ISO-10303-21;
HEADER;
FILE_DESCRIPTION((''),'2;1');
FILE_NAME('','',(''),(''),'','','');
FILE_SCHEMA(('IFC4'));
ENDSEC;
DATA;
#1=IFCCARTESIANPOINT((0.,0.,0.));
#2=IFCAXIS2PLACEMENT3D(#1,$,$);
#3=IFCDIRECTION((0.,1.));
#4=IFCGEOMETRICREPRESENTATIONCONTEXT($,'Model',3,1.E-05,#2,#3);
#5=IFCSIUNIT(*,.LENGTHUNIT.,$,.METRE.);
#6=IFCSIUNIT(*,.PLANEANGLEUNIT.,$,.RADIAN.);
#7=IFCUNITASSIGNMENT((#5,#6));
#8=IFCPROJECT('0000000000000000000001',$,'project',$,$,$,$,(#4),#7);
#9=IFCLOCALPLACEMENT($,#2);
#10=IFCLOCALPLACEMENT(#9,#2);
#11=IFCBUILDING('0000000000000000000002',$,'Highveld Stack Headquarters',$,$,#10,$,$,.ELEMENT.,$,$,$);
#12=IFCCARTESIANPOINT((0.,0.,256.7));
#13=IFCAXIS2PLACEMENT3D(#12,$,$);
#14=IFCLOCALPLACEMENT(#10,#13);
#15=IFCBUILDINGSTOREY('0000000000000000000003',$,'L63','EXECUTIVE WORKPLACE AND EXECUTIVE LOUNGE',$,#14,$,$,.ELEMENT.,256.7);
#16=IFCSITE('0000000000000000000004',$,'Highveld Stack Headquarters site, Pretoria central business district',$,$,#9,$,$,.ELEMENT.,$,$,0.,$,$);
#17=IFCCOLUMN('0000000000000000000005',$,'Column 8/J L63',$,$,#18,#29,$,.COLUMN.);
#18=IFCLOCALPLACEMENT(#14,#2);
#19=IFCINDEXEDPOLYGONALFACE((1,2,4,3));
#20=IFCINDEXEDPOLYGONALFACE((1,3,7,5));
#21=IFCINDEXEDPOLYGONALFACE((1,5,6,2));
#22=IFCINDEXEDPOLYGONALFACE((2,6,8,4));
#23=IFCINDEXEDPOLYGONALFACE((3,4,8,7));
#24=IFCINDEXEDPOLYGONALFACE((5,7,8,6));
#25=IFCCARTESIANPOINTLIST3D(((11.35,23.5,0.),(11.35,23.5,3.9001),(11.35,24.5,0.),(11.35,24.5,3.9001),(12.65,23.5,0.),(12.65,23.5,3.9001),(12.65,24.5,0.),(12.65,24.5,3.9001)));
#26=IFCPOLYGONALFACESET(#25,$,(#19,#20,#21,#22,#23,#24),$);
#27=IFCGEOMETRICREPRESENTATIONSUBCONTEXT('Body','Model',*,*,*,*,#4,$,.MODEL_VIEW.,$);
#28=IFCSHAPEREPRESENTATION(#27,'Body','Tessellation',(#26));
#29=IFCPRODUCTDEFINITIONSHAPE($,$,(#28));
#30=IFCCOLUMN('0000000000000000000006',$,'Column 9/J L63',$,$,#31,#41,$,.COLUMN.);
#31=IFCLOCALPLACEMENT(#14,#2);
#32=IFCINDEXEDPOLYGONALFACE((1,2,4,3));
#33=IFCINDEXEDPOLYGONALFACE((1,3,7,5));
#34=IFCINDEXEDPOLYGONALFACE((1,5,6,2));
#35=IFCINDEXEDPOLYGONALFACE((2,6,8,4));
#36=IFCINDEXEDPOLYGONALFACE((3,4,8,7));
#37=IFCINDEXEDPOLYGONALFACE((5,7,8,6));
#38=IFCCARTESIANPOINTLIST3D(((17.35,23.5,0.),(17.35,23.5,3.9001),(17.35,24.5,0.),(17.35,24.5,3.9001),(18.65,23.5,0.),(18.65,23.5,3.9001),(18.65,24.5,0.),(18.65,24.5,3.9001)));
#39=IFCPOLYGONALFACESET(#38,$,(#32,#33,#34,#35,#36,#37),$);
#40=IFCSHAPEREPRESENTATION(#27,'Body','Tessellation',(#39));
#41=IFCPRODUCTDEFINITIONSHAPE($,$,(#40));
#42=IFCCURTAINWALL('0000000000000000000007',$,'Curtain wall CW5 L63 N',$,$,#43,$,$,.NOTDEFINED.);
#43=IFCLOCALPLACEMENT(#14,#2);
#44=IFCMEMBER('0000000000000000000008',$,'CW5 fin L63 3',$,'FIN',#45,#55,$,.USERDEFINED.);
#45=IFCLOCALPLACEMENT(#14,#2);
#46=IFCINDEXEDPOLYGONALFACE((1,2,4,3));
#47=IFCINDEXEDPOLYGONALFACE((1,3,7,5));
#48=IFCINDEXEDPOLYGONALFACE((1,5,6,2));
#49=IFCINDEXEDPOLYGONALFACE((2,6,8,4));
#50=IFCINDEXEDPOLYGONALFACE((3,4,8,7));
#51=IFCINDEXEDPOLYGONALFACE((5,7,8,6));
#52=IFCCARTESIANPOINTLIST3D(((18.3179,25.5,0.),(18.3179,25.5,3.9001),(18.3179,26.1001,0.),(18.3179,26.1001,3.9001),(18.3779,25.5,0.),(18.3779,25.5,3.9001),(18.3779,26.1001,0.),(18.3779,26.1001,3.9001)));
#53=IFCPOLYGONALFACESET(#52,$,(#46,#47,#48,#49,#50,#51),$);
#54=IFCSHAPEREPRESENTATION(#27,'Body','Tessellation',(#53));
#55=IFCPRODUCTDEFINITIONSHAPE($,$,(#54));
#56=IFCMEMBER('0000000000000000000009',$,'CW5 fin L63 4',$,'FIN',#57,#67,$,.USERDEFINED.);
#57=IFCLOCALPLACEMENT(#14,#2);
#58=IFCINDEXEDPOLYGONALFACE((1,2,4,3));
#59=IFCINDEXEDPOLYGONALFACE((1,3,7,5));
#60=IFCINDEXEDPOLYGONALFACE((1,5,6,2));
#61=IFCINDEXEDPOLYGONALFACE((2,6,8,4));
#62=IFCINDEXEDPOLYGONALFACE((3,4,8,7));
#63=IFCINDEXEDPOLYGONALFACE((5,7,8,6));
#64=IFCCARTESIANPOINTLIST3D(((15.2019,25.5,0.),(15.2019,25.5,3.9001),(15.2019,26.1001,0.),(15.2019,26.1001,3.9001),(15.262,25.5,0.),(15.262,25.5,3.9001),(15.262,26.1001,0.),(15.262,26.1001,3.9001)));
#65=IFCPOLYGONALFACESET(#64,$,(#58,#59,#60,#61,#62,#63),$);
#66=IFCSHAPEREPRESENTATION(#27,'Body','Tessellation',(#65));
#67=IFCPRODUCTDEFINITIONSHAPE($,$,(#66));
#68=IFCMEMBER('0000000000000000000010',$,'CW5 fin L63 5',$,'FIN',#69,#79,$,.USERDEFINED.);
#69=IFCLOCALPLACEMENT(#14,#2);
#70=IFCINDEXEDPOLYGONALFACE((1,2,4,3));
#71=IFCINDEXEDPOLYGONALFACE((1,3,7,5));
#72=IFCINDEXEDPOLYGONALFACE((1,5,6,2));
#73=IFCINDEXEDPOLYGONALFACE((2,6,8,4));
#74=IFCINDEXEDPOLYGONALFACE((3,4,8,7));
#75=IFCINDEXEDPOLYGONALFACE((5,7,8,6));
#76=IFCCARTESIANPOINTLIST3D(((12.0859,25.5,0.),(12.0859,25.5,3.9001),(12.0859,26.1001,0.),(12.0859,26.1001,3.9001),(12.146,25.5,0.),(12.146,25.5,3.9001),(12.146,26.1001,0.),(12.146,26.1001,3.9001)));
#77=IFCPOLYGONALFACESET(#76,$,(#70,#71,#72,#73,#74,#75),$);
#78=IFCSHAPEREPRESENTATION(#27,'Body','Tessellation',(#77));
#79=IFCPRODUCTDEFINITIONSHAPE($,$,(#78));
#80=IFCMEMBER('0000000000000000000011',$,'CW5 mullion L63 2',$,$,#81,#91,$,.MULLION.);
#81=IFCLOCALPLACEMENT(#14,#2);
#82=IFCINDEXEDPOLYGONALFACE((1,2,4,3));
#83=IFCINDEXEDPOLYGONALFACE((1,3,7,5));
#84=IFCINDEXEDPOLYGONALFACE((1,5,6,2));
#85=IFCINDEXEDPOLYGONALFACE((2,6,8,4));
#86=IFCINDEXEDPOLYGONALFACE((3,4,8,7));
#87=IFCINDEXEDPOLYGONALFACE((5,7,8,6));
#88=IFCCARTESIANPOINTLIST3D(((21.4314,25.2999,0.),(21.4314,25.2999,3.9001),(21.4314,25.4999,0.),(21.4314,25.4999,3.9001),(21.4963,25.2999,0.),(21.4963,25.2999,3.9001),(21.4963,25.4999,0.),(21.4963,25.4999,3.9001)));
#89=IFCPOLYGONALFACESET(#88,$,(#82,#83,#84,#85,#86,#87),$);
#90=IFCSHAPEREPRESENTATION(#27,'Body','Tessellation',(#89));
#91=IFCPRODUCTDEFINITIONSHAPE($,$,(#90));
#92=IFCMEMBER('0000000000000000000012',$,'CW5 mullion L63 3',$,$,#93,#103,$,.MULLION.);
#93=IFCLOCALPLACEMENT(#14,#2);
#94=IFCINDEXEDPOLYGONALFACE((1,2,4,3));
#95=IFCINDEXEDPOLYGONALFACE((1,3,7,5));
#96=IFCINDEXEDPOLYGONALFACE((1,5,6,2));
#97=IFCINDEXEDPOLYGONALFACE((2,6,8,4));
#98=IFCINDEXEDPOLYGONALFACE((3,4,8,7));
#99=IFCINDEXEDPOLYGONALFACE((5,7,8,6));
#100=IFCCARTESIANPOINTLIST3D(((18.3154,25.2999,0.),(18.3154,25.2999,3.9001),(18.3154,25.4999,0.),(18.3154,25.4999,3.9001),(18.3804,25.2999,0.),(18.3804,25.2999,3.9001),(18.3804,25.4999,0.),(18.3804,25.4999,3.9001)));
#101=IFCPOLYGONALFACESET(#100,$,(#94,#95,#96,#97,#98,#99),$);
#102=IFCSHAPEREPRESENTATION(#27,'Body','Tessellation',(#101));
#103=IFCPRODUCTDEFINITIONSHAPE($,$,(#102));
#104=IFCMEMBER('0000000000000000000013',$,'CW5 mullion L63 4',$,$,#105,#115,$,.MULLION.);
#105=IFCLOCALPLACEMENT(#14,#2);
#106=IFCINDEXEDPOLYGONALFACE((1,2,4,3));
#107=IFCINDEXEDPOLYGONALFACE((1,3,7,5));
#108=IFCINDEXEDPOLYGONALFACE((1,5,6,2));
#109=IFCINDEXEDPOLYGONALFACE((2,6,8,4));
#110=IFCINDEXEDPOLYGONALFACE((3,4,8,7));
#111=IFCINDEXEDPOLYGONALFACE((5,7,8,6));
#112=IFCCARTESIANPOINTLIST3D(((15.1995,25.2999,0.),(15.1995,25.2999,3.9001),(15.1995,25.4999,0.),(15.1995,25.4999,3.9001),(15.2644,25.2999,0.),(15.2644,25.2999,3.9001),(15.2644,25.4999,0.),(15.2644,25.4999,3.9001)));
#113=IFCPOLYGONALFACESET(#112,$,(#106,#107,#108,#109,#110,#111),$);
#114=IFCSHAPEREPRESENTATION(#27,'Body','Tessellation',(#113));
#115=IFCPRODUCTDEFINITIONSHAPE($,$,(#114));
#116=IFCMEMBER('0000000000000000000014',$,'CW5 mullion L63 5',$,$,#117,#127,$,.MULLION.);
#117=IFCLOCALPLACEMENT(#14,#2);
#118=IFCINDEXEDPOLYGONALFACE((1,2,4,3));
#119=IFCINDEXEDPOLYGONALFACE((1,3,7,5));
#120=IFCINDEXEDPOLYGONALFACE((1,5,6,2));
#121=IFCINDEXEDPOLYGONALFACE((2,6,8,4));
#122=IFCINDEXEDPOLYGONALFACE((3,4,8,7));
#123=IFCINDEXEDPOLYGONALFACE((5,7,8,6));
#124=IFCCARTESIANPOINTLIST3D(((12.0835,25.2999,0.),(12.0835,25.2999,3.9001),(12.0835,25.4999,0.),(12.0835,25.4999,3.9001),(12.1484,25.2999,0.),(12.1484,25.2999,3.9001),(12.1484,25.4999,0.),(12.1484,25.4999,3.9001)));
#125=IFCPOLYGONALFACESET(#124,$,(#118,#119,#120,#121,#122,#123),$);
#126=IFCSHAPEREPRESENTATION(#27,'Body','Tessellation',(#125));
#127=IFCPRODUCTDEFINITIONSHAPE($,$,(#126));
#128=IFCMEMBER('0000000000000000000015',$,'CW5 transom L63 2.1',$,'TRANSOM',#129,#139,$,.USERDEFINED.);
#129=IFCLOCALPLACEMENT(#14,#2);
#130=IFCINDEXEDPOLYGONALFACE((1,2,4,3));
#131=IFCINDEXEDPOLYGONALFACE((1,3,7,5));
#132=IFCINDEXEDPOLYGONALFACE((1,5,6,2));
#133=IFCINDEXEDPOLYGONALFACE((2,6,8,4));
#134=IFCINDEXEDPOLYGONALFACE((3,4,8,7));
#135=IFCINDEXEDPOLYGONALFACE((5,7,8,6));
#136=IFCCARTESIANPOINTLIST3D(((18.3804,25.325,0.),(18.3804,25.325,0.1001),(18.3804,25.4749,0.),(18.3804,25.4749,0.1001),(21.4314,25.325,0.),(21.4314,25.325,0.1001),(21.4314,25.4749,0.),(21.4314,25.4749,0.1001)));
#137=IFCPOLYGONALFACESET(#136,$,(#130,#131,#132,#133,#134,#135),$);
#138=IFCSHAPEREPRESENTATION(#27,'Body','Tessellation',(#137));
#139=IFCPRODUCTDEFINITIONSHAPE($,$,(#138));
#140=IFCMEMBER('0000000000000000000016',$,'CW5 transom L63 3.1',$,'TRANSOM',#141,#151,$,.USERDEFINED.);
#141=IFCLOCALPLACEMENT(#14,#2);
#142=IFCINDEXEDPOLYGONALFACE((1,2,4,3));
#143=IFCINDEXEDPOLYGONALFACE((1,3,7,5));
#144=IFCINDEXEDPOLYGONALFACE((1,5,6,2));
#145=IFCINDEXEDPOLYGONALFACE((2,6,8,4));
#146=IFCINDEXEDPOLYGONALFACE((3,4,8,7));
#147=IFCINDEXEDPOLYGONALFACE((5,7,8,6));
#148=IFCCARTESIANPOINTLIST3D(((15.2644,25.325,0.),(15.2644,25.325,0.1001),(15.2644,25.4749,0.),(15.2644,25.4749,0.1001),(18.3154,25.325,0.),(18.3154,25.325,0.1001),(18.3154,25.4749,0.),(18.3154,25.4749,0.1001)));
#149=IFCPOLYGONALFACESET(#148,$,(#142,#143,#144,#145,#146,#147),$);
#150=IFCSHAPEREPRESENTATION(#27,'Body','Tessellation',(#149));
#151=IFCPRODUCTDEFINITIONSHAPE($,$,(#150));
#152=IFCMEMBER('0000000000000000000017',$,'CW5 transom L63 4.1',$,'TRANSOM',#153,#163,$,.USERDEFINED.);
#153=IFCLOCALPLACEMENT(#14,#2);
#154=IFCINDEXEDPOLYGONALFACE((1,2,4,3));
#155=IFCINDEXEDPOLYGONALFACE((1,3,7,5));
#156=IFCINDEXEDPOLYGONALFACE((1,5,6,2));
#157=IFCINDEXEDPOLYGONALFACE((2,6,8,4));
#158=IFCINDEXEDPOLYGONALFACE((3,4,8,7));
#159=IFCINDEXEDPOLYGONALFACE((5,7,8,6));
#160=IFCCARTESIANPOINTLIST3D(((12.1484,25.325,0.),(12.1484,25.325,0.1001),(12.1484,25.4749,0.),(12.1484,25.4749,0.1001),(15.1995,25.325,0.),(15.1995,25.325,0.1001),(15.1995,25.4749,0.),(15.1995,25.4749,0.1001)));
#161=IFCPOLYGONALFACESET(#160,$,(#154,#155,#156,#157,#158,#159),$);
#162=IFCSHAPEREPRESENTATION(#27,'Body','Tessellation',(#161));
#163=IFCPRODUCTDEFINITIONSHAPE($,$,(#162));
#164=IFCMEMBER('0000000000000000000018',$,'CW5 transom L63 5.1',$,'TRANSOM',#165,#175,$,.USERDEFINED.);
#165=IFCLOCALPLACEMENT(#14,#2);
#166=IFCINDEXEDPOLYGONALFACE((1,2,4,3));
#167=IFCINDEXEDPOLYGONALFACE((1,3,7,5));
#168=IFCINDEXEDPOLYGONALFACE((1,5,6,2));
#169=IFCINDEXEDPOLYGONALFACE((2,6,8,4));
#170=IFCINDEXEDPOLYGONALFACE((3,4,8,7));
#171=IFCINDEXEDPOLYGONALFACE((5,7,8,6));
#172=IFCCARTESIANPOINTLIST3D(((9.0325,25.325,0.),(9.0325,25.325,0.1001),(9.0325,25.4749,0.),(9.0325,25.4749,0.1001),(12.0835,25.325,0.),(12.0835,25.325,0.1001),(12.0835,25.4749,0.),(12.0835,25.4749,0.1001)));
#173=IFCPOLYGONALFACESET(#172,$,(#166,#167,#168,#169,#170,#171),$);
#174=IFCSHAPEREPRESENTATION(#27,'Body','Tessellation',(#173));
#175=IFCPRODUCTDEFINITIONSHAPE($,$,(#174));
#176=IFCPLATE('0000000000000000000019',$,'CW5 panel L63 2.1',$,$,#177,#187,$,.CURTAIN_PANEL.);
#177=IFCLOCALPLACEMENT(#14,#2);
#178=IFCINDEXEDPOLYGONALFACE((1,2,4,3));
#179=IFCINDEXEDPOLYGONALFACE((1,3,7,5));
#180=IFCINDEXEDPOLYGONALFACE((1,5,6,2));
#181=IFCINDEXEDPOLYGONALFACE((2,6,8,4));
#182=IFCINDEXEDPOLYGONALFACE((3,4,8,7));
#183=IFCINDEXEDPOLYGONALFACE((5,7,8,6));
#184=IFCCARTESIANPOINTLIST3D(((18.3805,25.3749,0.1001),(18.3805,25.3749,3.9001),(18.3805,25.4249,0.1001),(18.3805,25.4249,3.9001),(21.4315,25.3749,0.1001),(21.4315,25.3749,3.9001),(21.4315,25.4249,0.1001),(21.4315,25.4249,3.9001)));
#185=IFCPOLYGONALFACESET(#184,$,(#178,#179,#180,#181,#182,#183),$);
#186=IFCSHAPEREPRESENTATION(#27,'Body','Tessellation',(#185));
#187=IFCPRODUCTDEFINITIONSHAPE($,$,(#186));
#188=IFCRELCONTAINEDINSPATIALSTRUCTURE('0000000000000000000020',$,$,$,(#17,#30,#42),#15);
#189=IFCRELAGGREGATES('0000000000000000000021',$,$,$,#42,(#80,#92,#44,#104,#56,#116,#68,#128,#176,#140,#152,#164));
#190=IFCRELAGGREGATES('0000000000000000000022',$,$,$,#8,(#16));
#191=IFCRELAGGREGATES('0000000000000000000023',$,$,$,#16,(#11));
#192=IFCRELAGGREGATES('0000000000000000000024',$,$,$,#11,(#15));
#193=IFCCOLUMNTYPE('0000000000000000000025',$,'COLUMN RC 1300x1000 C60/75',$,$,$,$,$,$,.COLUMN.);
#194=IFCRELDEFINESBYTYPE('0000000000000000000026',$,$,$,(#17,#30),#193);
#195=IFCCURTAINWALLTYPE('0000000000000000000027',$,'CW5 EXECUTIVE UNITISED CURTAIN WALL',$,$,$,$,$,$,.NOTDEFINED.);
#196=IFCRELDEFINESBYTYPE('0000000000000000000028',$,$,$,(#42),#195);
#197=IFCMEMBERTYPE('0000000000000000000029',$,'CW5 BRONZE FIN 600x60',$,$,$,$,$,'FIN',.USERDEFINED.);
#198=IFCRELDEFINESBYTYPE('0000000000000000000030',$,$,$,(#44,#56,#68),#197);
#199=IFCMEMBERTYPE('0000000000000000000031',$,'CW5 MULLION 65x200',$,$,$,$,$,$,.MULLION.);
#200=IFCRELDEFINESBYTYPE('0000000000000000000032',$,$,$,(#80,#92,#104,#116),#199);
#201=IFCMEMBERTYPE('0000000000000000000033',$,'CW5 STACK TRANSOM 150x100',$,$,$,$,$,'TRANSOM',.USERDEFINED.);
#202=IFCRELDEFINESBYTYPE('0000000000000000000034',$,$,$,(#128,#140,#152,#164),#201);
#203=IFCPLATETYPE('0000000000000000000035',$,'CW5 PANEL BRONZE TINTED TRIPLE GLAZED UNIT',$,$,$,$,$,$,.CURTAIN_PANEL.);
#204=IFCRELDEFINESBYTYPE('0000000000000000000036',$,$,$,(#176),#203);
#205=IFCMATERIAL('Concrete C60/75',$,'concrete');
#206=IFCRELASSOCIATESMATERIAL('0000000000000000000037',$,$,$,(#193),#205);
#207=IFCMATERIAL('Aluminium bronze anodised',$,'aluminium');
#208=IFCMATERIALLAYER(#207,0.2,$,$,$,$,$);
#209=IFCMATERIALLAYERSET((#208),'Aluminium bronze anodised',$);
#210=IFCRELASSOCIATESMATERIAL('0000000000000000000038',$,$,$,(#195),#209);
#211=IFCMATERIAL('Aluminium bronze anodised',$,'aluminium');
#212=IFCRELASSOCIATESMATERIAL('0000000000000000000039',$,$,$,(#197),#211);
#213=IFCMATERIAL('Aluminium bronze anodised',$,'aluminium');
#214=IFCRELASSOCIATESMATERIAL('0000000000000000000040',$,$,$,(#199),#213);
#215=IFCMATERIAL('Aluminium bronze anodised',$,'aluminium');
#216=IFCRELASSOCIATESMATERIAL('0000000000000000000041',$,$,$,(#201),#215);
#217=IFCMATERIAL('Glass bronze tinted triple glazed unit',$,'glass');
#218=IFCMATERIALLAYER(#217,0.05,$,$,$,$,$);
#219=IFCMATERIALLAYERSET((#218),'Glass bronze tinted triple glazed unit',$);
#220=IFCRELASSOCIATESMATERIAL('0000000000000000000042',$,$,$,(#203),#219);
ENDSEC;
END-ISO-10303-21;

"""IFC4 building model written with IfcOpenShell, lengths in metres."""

from ifc_helpers import new_model, si_unit, direction, frame, origin, origin_2d, place, context, subcontext, project, spatial, rectangle, extrude, material, layer, layer_set, material_profile, profile_set, type_object, element, aggregate, save


model = new_model("IFC4")

# Units and contexts
model_context = context("Model", 3, precision=1e-05, world=origin(), true_north=direction((0.0, 1.0)))
body_context = subcontext(model_context, "Body", "Model", "MODEL_VIEW")
ifc_project = project(units=[si_unit("LENGTHUNIT", "METRE"), si_unit("PLANEANGLEUNIT", "RADIAN")], contexts=[model_context])

# Site, building, storey
site_placement = place(None, origin())
site = spatial("IfcSite", under=ifc_project, at=site_placement, Name="Highveld Stack Headquarters site, Pretoria central business district", CompositionType="ELEMENT", RefElevation=0.0)
building_placement = place(site_placement, origin())
building = spatial("IfcBuilding", under=site, at=building_placement, Name="Highveld Stack Headquarters", CompositionType="ELEMENT")
storey_placement = place(building_placement, frame((0.0, 0.0, 256.7)))
storey = spatial("IfcBuildingStorey", under=building, at=storey_placement, Name="L63", Description="EXECUTIVE WORKPLACE AND EXECUTIVE LOUNGE", CompositionType="ELEMENT", Elevation=256.7)

# Columns
ifc_material_1 = material(Name="Concrete C60/75", Category="concrete")
ifc_material_profile_1 = material_profile(ifc_material_1, rectangle(XDim=1.3, YDim=1.0, at=origin_2d()), Name="RC 1300x1000")
ifc_profile_set_1 = profile_set([ifc_material_profile_1], Name="Concrete C60/75")
column_type = type_object("IfcColumnType", Name="COLUMN RC 1300x1000 C60/75", PredefinedType="COLUMN", material=ifc_profile_set_1)
for number, where, z_axis, x_axis, name in (
    (1, (12.0, 24.0, 0.0), (0.0, 0.0, 1.0), (1.0, 0.0, 0.0), "Column 8/J L63"),
    (2, (18.0, 24.0, 0.0), (0.0, 0.0, 1.0), (1.0, 0.0, 0.0), "Column 9/J L63"),
):
    element("IfcColumn", number, at=place(storey_placement, frame(where, z_axis=z_axis, x_axis=x_axis)), inside=storey, type_object=column_type, Name=name, PredefinedType="COLUMN", context=body_context, shape_type="SweptSolid", body=[
        extrude(rectangle(XDim=1.3, YDim=1.0, at=origin_2d()), origin(), (0.0, 0.0, 1.0), 3.9001),
    ])

# Curtain wall, members, plate
ifc_material_2 = material(Name="Aluminium bronze anodised", Category="aluminium")
ifc_layer_1 = layer(ifc_material_2, 0.2)
ifc_layer_set_1 = layer_set([ifc_layer_1], Name="Aluminium bronze anodised")
curtain_wall_type = type_object("IfcCurtainWallType", Name="CW5 EXECUTIVE UNITISED CURTAIN WALL", PredefinedType="NOTDEFINED", material=ifc_layer_set_1)
curtain_wall_placement = place(storey_placement, origin())
curtain_wall = element("IfcCurtainWall", 3, at=curtain_wall_placement, inside=storey, type_object=curtain_wall_type, Name="Curtain wall CW5 L63 N", PredefinedType="NOTDEFINED")
ifc_material_3 = material(Name="Aluminium bronze anodised", Category="aluminium")
ifc_material_profile_2 = material_profile(ifc_material_3, rectangle(XDim=0.6001, YDim=0.0601, at=origin_2d()), Name="FIN 600x60")
ifc_profile_set_2 = profile_set([ifc_material_profile_2], Name="Aluminium bronze anodised")
member_type_1 = type_object("IfcMemberType", Name="CW5 BRONZE FIN 600x60", ElementType="FIN", PredefinedType="USERDEFINED", material=ifc_profile_set_2)
member_1_placement = place(storey_placement, frame((18.3479, 25.8, 0.0), z_axis=(0.0, 0.0, 1.0), x_axis=(0.0, -1.0, 0.0)))
member_1 = element("IfcMember", 4, at=member_1_placement, type_object=member_type_1, Name="CW5 fin L63 3", ObjectType="FIN", PredefinedType="USERDEFINED", context=body_context, shape_type="SweptSolid", body=[
    extrude(rectangle(XDim=0.6001, YDim=0.0601, at=origin_2d()), origin(), (0.0, 0.0, 1.0), 3.9001),
])
member_2_placement = place(storey_placement, frame((15.2319, 25.8, 0.0), z_axis=(0.0, 0.0, 1.0), x_axis=(0.0, -1.0, 0.0)))
member_2 = element("IfcMember", 5, at=member_2_placement, type_object=member_type_1, Name="CW5 fin L63 4", ObjectType="FIN", PredefinedType="USERDEFINED", context=body_context, shape_type="SweptSolid", body=[
    extrude(rectangle(XDim=0.6001, YDim=0.0601, at=origin_2d()), origin(), (0.0, 0.0, 1.0), 3.9001),
])
member_3_placement = place(storey_placement, frame((12.116, 25.8, 0.0), z_axis=(0.0, 0.0, 1.0), x_axis=(0.0, -1.0, 0.0)))
member_3 = element("IfcMember", 6, at=member_3_placement, type_object=member_type_1, Name="CW5 fin L63 5", ObjectType="FIN", PredefinedType="USERDEFINED", context=body_context, shape_type="SweptSolid", body=[
    extrude(rectangle(XDim=0.6001, YDim=0.0601, at=origin_2d()), origin(), (0.0, 0.0, 1.0), 3.9001),
])
ifc_material_4 = material(Name="Aluminium bronze anodised", Category="aluminium")
ifc_material_profile_3 = material_profile(ifc_material_4, rectangle(XDim=0.2, YDim=0.0649, at=origin_2d()), Name="CW5 MULLION 65x200")
ifc_profile_set_3 = profile_set([ifc_material_profile_3], Name="Aluminium bronze anodised")
member_type_2 = type_object("IfcMemberType", Name="CW5 MULLION 65x200", PredefinedType="MULLION", material=ifc_profile_set_3)
member_4_placement = place(storey_placement, frame((21.4639, 25.3999, 0.0), z_axis=(0.0, 0.0, 1.0), x_axis=(0.0, -1.0, 0.0)))
member_4 = element("IfcMember", 7, at=member_4_placement, type_object=member_type_2, Name="CW5 mullion L63 2", PredefinedType="MULLION", context=body_context, shape_type="SweptSolid", body=[
    extrude(rectangle(XDim=0.2, YDim=0.0649, at=origin_2d()), origin(), (0.0, 0.0, 1.0), 3.9001),
])
member_5_placement = place(storey_placement, frame((18.3479, 25.3999, 0.0), z_axis=(0.0, 0.0, 1.0), x_axis=(0.0, -1.0, 0.0)))
member_5 = element("IfcMember", 8, at=member_5_placement, type_object=member_type_2, Name="CW5 mullion L63 3", PredefinedType="MULLION", context=body_context, shape_type="SweptSolid", body=[
    extrude(rectangle(XDim=0.2, YDim=0.0649, at=origin_2d()), origin(), (0.0, 0.0, 1.0), 3.9001),
])
member_6_placement = place(storey_placement, frame((15.2319, 25.3999, 0.0), z_axis=(0.0, 0.0, 1.0), x_axis=(0.0, -1.0, 0.0)))
member_6 = element("IfcMember", 9, at=member_6_placement, type_object=member_type_2, Name="CW5 mullion L63 4", PredefinedType="MULLION", context=body_context, shape_type="SweptSolid", body=[
    extrude(rectangle(XDim=0.2, YDim=0.0649, at=origin_2d()), origin(), (0.0, 0.0, 1.0), 3.9001),
])
member_7_placement = place(storey_placement, frame((12.116, 25.3999, 0.0), z_axis=(0.0, 0.0, 1.0), x_axis=(0.0, -1.0, 0.0)))
member_7 = element("IfcMember", 10, at=member_7_placement, type_object=member_type_2, Name="CW5 mullion L63 5", PredefinedType="MULLION", context=body_context, shape_type="SweptSolid", body=[
    extrude(rectangle(XDim=0.2, YDim=0.0649, at=origin_2d()), origin(), (0.0, 0.0, 1.0), 3.9001),
])
ifc_material_5 = material(Name="Aluminium bronze anodised", Category="aluminium")
ifc_material_profile_4 = material_profile(ifc_material_5, rectangle(XDim=0.1499, YDim=0.1001, at=origin_2d()), Name="CW5 TRANSOM 150x100")
ifc_profile_set_4 = profile_set([ifc_material_profile_4], Name="Aluminium bronze anodised")
member_type_3 = type_object("IfcMemberType", Name="CW5 STACK TRANSOM 150x100", ElementType="TRANSOM", PredefinedType="USERDEFINED", material=ifc_profile_set_4)
member_8_placement = place(storey_placement, frame((21.4314, 25.3999, 0.05), z_axis=(-1.0, 0.0, 0.0), x_axis=(0.0, -1.0, 0.0)))
member_8 = element("IfcMember", 11, at=member_8_placement, type_object=member_type_3, Name="CW5 transom L63 2.1", ObjectType="TRANSOM", PredefinedType="USERDEFINED", context=body_context, shape_type="SweptSolid", body=[
    extrude(rectangle(XDim=0.1499, YDim=0.1001, at=origin_2d()), origin(), (0.0, 0.0, 1.0), 3.051),
])
member_9_placement = place(storey_placement, frame((18.3154, 25.3999, 0.05), z_axis=(-1.0, 0.0, 0.0), x_axis=(0.0, -1.0, 0.0)))
member_9 = element("IfcMember", 12, at=member_9_placement, type_object=member_type_3, Name="CW5 transom L63 3.1", ObjectType="TRANSOM", PredefinedType="USERDEFINED", context=body_context, shape_type="SweptSolid", body=[
    extrude(rectangle(XDim=0.1499, YDim=0.1001, at=origin_2d()), origin(), (0.0, 0.0, 1.0), 3.051),
])
member_10_placement = place(storey_placement, frame((15.1995, 25.3999, 0.05), z_axis=(-1.0, 0.0, 0.0), x_axis=(0.0, -1.0, 0.0)))
member_10 = element("IfcMember", 13, at=member_10_placement, type_object=member_type_3, Name="CW5 transom L63 4.1", ObjectType="TRANSOM", PredefinedType="USERDEFINED", context=body_context, shape_type="SweptSolid", body=[
    extrude(rectangle(XDim=0.1499, YDim=0.1001, at=origin_2d()), origin(), (0.0, 0.0, 1.0), 3.051),
])
member_11_placement = place(storey_placement, frame((12.0835, 25.3999, 0.05), z_axis=(-1.0, 0.0, 0.0), x_axis=(0.0, -1.0, 0.0)))
member_11 = element("IfcMember", 14, at=member_11_placement, type_object=member_type_3, Name="CW5 transom L63 5.1", ObjectType="TRANSOM", PredefinedType="USERDEFINED", context=body_context, shape_type="SweptSolid", body=[
    extrude(rectangle(XDim=0.1499, YDim=0.1001, at=origin_2d()), origin(), (0.0, 0.0, 1.0), 3.051),
])
ifc_material_6 = material(Name="Glass bronze tinted triple glazed unit", Category="glass")
ifc_layer_2 = layer(ifc_material_6, 0.05)
ifc_layer_set_2 = layer_set([ifc_layer_2], Name="Glass bronze tinted triple glazed unit")
plate_type = type_object("IfcPlateType", Name="CW5 PANEL BRONZE TINTED TRIPLE GLAZED UNIT", PredefinedType="CURTAIN_PANEL", material=ifc_layer_set_2)
plate_1_placement = place(storey_placement, frame((19.906, 25.3999, 0.1001), z_axis=(0.0, 0.0, 1.0), x_axis=(-1.0, 0.0, 0.0)))
plate_1 = element("IfcPlate", 15, at=plate_1_placement, type_object=plate_type, Name="CW5 panel L63 2.1", PredefinedType="CURTAIN_PANEL", context=body_context, shape_type="SweptSolid", body=[
    extrude(rectangle(XDim=3.051, YDim=0.05, at=origin_2d()), origin(), (0.0, 0.0, 1.0), 3.8),
])
aggregate(curtain_wall, [member_4, member_5, member_1, member_6, member_2, member_7, member_3, member_8, plate_1, member_9, member_10, member_11])

save(model, "model.ifc")
